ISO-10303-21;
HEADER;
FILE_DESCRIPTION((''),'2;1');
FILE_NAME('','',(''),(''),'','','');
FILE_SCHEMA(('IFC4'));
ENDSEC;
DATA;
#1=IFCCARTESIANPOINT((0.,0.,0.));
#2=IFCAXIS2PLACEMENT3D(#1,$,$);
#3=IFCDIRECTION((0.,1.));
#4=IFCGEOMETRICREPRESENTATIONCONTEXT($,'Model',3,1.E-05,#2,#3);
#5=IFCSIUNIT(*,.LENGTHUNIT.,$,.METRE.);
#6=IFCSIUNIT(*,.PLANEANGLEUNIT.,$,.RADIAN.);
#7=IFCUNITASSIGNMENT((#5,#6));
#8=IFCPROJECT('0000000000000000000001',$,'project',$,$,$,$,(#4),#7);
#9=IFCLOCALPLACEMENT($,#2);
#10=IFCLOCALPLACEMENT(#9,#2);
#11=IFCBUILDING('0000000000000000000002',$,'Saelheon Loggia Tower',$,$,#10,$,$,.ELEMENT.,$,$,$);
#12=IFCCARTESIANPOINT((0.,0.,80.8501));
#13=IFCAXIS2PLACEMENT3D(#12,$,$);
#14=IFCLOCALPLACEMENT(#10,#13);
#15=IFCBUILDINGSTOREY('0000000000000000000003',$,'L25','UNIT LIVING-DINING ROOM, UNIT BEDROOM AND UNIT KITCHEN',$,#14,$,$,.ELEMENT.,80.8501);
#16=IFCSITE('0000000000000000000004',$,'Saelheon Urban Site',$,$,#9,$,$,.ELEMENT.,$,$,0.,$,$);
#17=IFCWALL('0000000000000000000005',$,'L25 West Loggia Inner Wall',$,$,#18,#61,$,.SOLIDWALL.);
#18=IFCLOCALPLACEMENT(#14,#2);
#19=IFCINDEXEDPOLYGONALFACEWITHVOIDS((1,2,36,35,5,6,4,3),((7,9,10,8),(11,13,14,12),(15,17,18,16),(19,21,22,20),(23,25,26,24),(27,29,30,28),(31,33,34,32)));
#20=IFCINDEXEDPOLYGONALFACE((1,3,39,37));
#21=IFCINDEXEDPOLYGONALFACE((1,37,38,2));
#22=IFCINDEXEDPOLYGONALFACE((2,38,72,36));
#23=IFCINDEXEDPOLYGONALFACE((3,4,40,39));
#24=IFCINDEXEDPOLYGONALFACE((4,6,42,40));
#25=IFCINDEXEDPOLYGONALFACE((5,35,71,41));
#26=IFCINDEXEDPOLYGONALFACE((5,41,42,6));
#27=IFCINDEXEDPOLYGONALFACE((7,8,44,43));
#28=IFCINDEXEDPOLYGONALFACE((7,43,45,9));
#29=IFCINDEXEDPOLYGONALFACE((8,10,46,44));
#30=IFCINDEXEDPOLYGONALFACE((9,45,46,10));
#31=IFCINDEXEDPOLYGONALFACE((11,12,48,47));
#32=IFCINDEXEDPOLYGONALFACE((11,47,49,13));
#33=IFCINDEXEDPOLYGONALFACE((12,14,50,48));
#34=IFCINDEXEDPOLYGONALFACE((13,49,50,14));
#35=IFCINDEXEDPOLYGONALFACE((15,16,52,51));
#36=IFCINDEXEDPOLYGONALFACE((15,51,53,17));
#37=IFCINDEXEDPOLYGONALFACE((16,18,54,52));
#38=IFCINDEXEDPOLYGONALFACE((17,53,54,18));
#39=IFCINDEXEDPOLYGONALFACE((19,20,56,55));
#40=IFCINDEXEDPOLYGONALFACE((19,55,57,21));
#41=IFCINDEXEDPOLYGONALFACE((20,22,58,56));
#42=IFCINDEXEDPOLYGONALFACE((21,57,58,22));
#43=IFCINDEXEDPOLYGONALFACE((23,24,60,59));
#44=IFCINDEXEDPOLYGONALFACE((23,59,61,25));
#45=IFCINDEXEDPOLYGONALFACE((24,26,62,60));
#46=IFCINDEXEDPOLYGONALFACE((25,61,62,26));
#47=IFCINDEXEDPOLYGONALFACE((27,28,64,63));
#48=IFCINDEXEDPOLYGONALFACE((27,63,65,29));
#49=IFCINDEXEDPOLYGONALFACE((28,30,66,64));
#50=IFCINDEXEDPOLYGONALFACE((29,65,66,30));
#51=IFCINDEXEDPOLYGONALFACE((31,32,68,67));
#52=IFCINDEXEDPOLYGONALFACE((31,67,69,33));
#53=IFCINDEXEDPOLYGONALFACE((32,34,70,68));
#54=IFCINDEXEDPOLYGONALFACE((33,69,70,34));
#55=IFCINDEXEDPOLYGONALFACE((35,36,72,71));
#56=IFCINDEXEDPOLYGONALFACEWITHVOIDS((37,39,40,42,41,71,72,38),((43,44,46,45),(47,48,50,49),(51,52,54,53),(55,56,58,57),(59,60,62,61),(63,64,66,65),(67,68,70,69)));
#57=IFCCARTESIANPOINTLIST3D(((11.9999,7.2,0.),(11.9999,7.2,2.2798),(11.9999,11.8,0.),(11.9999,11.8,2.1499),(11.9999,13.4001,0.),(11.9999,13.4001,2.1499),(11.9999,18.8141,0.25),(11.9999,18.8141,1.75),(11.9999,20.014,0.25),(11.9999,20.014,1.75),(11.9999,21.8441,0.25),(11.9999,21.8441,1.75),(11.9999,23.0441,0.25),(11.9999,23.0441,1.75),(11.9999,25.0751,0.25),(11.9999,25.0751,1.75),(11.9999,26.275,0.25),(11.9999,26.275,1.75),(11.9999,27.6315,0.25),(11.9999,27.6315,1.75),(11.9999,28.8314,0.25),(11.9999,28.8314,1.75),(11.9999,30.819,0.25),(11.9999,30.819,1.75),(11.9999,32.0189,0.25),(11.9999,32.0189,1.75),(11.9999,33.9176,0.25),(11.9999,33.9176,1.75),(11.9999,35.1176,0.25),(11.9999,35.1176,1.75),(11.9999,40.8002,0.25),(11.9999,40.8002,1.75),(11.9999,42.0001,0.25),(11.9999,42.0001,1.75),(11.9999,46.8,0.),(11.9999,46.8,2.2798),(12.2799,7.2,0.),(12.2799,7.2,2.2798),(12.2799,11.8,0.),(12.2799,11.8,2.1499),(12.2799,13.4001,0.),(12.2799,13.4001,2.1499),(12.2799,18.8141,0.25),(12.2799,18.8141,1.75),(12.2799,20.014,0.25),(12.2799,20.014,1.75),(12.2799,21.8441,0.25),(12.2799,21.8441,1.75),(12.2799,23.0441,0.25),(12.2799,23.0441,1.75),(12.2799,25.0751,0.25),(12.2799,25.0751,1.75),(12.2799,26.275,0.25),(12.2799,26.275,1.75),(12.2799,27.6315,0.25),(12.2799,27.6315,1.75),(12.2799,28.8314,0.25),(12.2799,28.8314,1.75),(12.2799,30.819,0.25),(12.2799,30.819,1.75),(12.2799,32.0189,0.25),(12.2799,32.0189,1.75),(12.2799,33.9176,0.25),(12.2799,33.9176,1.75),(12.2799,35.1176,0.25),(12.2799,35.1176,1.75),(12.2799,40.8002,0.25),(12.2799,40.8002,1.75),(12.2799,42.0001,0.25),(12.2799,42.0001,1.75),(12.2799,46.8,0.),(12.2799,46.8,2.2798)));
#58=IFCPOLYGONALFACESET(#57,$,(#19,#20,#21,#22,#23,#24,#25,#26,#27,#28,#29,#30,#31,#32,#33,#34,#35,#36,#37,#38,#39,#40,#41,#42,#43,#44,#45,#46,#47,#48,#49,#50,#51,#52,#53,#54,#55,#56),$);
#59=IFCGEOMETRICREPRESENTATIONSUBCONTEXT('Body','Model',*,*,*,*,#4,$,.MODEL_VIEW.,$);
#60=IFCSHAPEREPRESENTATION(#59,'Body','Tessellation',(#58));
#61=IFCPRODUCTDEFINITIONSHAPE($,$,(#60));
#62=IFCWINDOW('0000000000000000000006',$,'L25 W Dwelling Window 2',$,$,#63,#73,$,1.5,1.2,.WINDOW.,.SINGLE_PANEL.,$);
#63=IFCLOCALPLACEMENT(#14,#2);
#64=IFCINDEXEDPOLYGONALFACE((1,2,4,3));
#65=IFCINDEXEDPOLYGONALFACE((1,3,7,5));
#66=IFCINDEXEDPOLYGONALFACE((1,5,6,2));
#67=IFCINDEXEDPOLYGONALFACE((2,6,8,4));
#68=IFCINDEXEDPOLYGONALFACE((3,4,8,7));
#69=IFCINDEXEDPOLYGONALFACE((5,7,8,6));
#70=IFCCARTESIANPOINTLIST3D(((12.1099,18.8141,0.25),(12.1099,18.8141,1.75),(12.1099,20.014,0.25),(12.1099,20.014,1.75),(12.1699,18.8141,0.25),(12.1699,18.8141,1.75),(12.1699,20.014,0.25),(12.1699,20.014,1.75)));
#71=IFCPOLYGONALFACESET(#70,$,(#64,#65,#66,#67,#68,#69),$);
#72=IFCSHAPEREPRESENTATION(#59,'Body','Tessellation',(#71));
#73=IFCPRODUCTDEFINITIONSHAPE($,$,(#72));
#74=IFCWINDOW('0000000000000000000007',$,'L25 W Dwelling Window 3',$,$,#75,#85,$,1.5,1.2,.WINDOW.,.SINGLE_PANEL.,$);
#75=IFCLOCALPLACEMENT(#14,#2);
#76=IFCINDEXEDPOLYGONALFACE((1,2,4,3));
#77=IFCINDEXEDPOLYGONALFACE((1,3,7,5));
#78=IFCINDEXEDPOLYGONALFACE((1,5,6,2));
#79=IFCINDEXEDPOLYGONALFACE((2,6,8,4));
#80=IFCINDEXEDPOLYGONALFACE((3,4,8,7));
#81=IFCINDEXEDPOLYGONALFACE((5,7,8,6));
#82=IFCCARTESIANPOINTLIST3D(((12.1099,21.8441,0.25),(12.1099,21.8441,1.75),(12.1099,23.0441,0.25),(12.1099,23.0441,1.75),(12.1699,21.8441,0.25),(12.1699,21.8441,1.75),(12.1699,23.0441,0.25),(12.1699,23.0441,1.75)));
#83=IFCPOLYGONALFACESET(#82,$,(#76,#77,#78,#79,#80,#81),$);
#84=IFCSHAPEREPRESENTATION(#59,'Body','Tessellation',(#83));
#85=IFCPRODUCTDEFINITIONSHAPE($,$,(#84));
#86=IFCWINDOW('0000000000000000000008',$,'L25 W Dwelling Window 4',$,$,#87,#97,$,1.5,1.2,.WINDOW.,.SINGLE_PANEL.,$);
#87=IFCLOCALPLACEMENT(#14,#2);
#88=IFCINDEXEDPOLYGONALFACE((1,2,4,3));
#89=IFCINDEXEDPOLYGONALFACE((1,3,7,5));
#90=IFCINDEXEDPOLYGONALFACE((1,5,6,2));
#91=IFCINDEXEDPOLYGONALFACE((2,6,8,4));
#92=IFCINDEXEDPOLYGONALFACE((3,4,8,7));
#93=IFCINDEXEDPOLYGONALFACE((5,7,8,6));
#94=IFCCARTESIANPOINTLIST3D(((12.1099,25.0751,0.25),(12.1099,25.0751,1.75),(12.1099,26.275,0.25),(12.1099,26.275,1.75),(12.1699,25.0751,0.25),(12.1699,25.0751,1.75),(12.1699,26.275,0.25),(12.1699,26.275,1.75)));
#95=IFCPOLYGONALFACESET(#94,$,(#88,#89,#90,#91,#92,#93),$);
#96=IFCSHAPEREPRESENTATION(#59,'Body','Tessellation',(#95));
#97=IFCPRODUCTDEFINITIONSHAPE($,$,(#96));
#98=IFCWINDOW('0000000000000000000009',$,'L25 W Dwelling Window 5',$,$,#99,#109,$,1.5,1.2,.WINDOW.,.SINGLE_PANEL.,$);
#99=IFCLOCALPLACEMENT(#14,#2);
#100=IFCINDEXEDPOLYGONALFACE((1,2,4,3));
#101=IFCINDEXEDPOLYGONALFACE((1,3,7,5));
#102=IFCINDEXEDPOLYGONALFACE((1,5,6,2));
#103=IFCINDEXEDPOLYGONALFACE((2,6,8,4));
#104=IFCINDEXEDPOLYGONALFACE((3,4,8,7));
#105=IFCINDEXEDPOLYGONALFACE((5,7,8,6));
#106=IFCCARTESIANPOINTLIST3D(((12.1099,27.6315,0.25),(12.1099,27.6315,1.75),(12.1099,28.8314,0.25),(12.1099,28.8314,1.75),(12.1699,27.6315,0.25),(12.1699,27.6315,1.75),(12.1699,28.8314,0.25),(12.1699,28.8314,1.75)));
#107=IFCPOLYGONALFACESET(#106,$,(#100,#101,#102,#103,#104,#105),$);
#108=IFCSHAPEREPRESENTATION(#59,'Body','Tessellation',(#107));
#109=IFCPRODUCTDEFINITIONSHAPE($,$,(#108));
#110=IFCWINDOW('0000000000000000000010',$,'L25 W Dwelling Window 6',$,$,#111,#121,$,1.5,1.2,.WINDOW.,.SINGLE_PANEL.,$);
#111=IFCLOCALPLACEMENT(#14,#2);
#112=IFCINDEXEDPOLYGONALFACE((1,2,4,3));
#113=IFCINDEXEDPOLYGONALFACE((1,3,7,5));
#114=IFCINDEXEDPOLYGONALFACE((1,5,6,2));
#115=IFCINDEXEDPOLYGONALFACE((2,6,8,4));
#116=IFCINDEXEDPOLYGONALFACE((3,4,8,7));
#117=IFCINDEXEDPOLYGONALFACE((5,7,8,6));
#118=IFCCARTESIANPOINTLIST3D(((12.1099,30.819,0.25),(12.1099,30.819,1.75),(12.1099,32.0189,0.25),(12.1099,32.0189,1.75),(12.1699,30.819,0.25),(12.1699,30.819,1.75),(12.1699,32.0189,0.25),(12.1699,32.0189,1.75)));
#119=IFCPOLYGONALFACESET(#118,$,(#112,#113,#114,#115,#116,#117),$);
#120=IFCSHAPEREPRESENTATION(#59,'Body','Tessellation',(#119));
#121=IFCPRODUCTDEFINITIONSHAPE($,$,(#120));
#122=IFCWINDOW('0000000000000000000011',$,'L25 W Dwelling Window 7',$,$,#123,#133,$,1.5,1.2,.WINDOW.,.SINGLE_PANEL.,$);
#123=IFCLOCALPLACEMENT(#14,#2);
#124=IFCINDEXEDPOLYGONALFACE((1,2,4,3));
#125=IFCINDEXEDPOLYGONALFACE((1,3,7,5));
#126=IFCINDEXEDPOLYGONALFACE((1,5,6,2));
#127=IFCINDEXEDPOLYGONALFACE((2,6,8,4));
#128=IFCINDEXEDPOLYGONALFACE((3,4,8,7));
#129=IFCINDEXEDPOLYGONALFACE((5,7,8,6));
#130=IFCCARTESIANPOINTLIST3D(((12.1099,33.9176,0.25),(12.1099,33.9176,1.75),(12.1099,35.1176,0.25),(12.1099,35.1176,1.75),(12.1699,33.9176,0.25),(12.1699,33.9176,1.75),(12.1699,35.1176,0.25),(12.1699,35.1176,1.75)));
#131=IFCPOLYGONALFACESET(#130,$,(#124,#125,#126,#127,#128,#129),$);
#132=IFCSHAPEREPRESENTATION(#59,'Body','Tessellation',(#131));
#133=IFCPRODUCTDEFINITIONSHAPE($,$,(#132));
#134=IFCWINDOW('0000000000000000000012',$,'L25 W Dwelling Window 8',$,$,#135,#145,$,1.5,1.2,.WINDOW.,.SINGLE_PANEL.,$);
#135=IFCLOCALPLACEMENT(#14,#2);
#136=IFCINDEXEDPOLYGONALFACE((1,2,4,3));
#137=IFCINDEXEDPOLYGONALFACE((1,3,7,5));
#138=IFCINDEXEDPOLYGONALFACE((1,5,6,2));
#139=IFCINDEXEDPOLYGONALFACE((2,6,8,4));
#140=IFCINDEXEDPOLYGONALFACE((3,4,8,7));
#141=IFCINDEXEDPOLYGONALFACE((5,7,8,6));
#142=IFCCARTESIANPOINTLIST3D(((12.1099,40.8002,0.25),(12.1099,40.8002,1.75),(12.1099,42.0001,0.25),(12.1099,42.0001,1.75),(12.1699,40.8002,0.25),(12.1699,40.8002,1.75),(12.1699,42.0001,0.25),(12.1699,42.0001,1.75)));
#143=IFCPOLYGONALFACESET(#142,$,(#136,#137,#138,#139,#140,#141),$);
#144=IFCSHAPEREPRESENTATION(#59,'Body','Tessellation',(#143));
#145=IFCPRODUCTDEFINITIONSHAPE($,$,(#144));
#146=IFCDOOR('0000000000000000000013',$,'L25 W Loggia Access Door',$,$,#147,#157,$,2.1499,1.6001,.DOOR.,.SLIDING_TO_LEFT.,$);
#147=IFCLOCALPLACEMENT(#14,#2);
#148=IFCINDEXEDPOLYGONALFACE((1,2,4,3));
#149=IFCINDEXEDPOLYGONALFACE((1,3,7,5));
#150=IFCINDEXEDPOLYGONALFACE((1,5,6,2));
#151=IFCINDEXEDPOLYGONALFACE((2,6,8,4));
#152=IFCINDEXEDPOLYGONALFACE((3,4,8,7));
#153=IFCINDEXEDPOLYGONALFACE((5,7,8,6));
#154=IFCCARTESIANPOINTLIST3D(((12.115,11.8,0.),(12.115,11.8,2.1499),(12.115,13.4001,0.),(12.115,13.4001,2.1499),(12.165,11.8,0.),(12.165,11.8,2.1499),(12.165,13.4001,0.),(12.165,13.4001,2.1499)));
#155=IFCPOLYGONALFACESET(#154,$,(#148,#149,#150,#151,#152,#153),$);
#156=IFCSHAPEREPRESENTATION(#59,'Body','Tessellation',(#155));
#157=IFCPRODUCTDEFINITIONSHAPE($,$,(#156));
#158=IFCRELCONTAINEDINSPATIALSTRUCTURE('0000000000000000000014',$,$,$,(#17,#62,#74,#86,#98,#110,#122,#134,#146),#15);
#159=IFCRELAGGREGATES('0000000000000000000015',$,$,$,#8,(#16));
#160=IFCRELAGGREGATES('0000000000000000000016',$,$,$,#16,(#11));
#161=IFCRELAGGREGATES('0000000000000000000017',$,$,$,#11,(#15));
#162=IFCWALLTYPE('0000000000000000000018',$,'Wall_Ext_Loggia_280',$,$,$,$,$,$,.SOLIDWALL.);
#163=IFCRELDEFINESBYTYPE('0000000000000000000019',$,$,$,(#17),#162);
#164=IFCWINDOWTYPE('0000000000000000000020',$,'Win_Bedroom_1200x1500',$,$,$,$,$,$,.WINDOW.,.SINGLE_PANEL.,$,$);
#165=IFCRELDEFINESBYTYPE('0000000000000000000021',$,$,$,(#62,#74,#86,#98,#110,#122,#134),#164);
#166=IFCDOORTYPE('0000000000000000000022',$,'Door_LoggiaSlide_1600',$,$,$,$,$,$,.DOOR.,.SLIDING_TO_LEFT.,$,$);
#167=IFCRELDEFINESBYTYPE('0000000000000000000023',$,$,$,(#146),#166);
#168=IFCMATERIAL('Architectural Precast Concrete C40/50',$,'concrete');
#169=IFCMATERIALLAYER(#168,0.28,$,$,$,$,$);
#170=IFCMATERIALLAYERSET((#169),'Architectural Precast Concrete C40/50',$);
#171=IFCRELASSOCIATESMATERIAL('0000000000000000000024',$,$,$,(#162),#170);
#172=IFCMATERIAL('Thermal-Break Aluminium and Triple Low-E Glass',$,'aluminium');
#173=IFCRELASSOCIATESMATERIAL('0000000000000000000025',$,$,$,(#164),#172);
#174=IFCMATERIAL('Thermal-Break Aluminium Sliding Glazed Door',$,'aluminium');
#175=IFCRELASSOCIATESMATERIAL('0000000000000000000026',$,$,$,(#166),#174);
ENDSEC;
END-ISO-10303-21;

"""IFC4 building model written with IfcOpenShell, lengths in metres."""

from ifc_helpers import new_model, si_unit, direction, frame, frame_2d, origin, place, context, subcontext, project, spatial, rectangle, extrude, source, transform, mapped, material, layer, layer_set, type_object, element, fill, save


model = new_model("IFC4")

# Units and contexts
model_context = context("Model", 3, precision=1e-05, world=origin(), true_north=direction((0.0, 1.0)))
body_context = subcontext(model_context, "Body", "Model", "MODEL_VIEW")
ifc_project = project(units=[si_unit("LENGTHUNIT", "METRE"), si_unit("PLANEANGLEUNIT", "RADIAN")], contexts=[model_context])

# Site, building, storey
site_placement = place(None, origin())
site = spatial("IfcSite", under=ifc_project, at=site_placement, Name="Saelheon Urban Site", CompositionType="ELEMENT", RefElevation=0.0)
building_placement = place(site_placement, origin())
building = spatial("IfcBuilding", under=site, at=building_placement, Name="Saelheon Loggia Tower", CompositionType="ELEMENT")
storey_placement = place(building_placement, frame((0.0, 0.0, 80.8501)))
storey = spatial("IfcBuildingStorey", under=building, at=storey_placement, Name="L25", Description="UNIT LIVING-DINING ROOM, UNIT BEDROOM AND UNIT KITCHEN", CompositionType="ELEMENT", Elevation=80.8501)

# Shared definitions
ifc_material_1 = material(Name="Thermal-Break Aluminium and Triple Low-E Glass", Category="aluminium")

# Wall, openings, windows, door
ifc_material_2 = material(Name="Architectural Precast Concrete C40/50", Category="concrete")
ifc_layer_1 = layer(ifc_material_2, 0.28)
ifc_layer_set_1 = layer_set([ifc_layer_1], Name="Architectural Precast Concrete C40/50")
wall_type = type_object("IfcWallType", Name="Wall_Ext_Loggia_280", PredefinedType="SOLIDWALL", material=ifc_layer_set_1)
wall_placement = place(storey_placement, frame((12.1399, 7.2, 0.0), z_axis=(0.0, 0.0, 1.0), x_axis=(0.0, 1.0, 0.0)))
wall = element("IfcWall", 1, at=wall_placement, inside=storey, type_object=wall_type, Name="L25 West Loggia Inner Wall", PredefinedType="SOLIDWALL", context=body_context, shape_type="SweptSolid", body=[
    extrude(rectangle(XDim=39.6001, YDim=0.28, at=frame_2d((19.8, 0.0))), origin(), (0.0, 0.0, 1.0), 2.2798),
])
opening_1_placement = place(wall_placement, frame((4.6001, 0.0, 0.0)))
opening_1 = element("IfcOpeningElement", 2, at=opening_1_placement, cuts=wall, PredefinedType="OPENING", context=body_context, shape_type="SweptSolid", body=[
    extrude(rectangle(XDim=1.6001, YDim=2.1499, at=frame_2d((0.8, 1.075))), frame((0.0, 0.1521, 0.0), z_axis=(0.0, -1.0, 0.0), x_axis=(1.0, 0.0, 0.0)), (0.0, 0.0, 1.0), 0.304),
])
opening_2_placement = place(wall_placement, frame((11.614, 0.0, 0.25)))
opening_2 = element("IfcOpeningElement", 3, at=opening_2_placement, cuts=wall, PredefinedType="OPENING", context=body_context, shape_type="SweptSolid", body=[
    extrude(rectangle(XDim=1.2, YDim=1.5, at=frame_2d((0.6001, 0.75))), frame((0.0, 0.1521, 0.0), z_axis=(0.0, -1.0, 0.0), x_axis=(1.0, 0.0, 0.0)), (0.0, 0.0, 1.0), 0.304),
])
opening_3_placement = place(wall_placement, frame((14.644, 0.0, 0.25)))
opening_3 = element("IfcOpeningElement", 4, at=opening_3_placement, cuts=wall, PredefinedType="OPENING", context=body_context, shape_type="SweptSolid", body=[
    extrude(rectangle(XDim=1.2, YDim=1.5, at=frame_2d((0.6001, 0.75))), frame((0.0, 0.1521, 0.0), z_axis=(0.0, -1.0, 0.0), x_axis=(1.0, 0.0, 0.0)), (0.0, 0.0, 1.0), 0.304),
])
opening_4_placement = place(wall_placement, frame((17.875, 0.0, 0.25)))
opening_4 = element("IfcOpeningElement", 5, at=opening_4_placement, cuts=wall, PredefinedType="OPENING", context=body_context, shape_type="SweptSolid", body=[
    extrude(rectangle(XDim=1.2, YDim=1.5, at=frame_2d((0.6001, 0.75))), frame((0.0, 0.1521, 0.0), z_axis=(0.0, -1.0, 0.0), x_axis=(1.0, 0.0, 0.0)), (0.0, 0.0, 1.0), 0.304),
])
opening_5_placement = place(wall_placement, frame((20.4314, 0.0, 0.25)))
opening_5 = element("IfcOpeningElement", 6, at=opening_5_placement, cuts=wall, PredefinedType="OPENING", context=body_context, shape_type="SweptSolid", body=[
    extrude(rectangle(XDim=1.2, YDim=1.5, at=frame_2d((0.6001, 0.75))), frame((0.0, 0.1521, 0.0), z_axis=(0.0, -1.0, 0.0), x_axis=(1.0, 0.0, 0.0)), (0.0, 0.0, 1.0), 0.304),
])
opening_6_placement = place(wall_placement, frame((23.6189, 0.0, 0.25)))
opening_6 = element("IfcOpeningElement", 7, at=opening_6_placement, cuts=wall, PredefinedType="OPENING", context=body_context, shape_type="SweptSolid", body=[
    extrude(rectangle(XDim=1.2, YDim=1.5, at=frame_2d((0.6001, 0.75))), frame((0.0, 0.1521, 0.0), z_axis=(0.0, -1.0, 0.0), x_axis=(1.0, 0.0, 0.0)), (0.0, 0.0, 1.0), 0.304),
])
opening_7_placement = place(wall_placement, frame((26.7175, 0.0, 0.25)))
opening_7 = element("IfcOpeningElement", 8, at=opening_7_placement, cuts=wall, PredefinedType="OPENING", context=body_context, shape_type="SweptSolid", body=[
    extrude(rectangle(XDim=1.2, YDim=1.5, at=frame_2d((0.6001, 0.75))), frame((0.0, 0.1521, 0.0), z_axis=(0.0, -1.0, 0.0), x_axis=(1.0, 0.0, 0.0)), (0.0, 0.0, 1.0), 0.304),
])
opening_8_placement = place(wall_placement, frame((33.6001, 0.0, 0.25)))
opening_8 = element("IfcOpeningElement", 9, at=opening_8_placement, cuts=wall, PredefinedType="OPENING", context=body_context, shape_type="SweptSolid", body=[
    extrude(rectangle(XDim=1.2, YDim=1.5, at=frame_2d((0.6001, 0.75))), frame((0.0, 0.1521, 0.0), z_axis=(0.0, -1.0, 0.0), x_axis=(1.0, 0.0, 0.0)), (0.0, 0.0, 1.0), 0.304),
])
window_type = type_object("IfcWindowType", Name="Win_Bedroom_1200x1500", PartitioningType="SINGLE_PANEL", PredefinedType="WINDOW", material=ifc_material_1)
shared_shape_1 = source(origin(), body_context, "Body", "SweptSolid", [
    extrude(rectangle(XDim=1.2, YDim=1.5, at=frame_2d((0.6001, 0.75))), frame((0.0, 0.03, 0.0), z_axis=(0.0, -1.0, 0.0), x_axis=(1.0, 0.0, 0.0)), (0.0, 0.0, 1.0), 0.0601),
])
window_1_placement = place(opening_2_placement, origin())
window_1 = element("IfcWindow", 10, at=window_1_placement, inside=storey, type_object=window_type, Name="L25 W Dwelling Window 2", OverallHeight=1.5, OverallWidth=1.2, PartitioningType="SINGLE_PANEL", PredefinedType="WINDOW", context=body_context, shape_type="MappedRepresentation", body=[
    mapped(shared_shape_1, transform((0.0, 0.0, 0.0), scale=1.0)),
])
fill(opening_2, window_1)
window_2_placement = place(opening_3_placement, origin())
window_2 = element("IfcWindow", 11, at=window_2_placement, inside=storey, type_object=window_type, Name="L25 W Dwelling Window 3", OverallHeight=1.5, OverallWidth=1.2, PartitioningType="SINGLE_PANEL", PredefinedType="WINDOW", context=body_context, shape_type="MappedRepresentation", body=[
    mapped(shared_shape_1, transform((0.0, 0.0, 0.0), scale=1.0)),
])
fill(opening_3, window_2)
window_3_placement = place(opening_4_placement, origin())
window_3 = element("IfcWindow", 12, at=window_3_placement, inside=storey, type_object=window_type, Name="L25 W Dwelling Window 4", OverallHeight=1.5, OverallWidth=1.2, PartitioningType="SINGLE_PANEL", PredefinedType="WINDOW", context=body_context, shape_type="MappedRepresentation", body=[
    mapped(shared_shape_1, transform((0.0, 0.0, 0.0), scale=1.0)),
])
fill(opening_4, window_3)
window_4_placement = place(opening_5_placement, origin())
window_4 = element("IfcWindow", 13, at=window_4_placement, inside=storey, type_object=window_type, Name="L25 W Dwelling Window 5", OverallHeight=1.5, OverallWidth=1.2, PartitioningType="SINGLE_PANEL", PredefinedType="WINDOW", context=body_context, shape_type="MappedRepresentation", body=[
    mapped(shared_shape_1, transform((0.0, 0.0, 0.0), scale=1.0)),
])
fill(opening_5, window_4)
window_5_placement = place(opening_6_placement, origin())
window_5 = element("IfcWindow", 14, at=window_5_placement, inside=storey, type_object=window_type, Name="L25 W Dwelling Window 6", OverallHeight=1.5, OverallWidth=1.2, PartitioningType="SINGLE_PANEL", PredefinedType="WINDOW", context=body_context, shape_type="MappedRepresentation", body=[
    mapped(shared_shape_1, transform((0.0, 0.0, 0.0), scale=1.0)),
])
fill(opening_6, window_5)
window_6_placement = place(opening_7_placement, origin())
window_6 = element("IfcWindow", 15, at=window_6_placement, inside=storey, type_object=window_type, Name="L25 W Dwelling Window 7", OverallHeight=1.5, OverallWidth=1.2, PartitioningType="SINGLE_PANEL", PredefinedType="WINDOW", context=body_context, shape_type="MappedRepresentation", body=[
    mapped(shared_shape_1, transform((0.0, 0.0, 0.0), scale=1.0)),
])
fill(opening_7, window_6)
window_7_placement = place(opening_8_placement, origin())
window_7 = element("IfcWindow", 16, at=window_7_placement, inside=storey, type_object=window_type, Name="L25 W Dwelling Window 8", OverallHeight=1.5, OverallWidth=1.2, PartitioningType="SINGLE_PANEL", PredefinedType="WINDOW", context=body_context, shape_type="MappedRepresentation", body=[
    mapped(shared_shape_1, transform((0.0, 0.0, 0.0), scale=1.0)),
])
fill(opening_8, window_7)
ifc_material_3 = material(Name="Thermal-Break Aluminium Sliding Glazed Door", Category="aluminium")
door_type = type_object("IfcDoorType", Name="Door_LoggiaSlide_1600", OperationType="SLIDING_TO_LEFT", PredefinedType="DOOR", material=ifc_material_3)
shared_shape_2 = source(origin(), body_context, "Body", "SweptSolid", [
    extrude(rectangle(XDim=1.6001, YDim=2.1499, at=frame_2d((0.8, 1.075))), frame((0.0, 0.0249, 0.0), z_axis=(0.0, -1.0, 0.0), x_axis=(1.0, 0.0, 0.0)), (0.0, 0.0, 1.0), 0.05),
])
door_placement = place(opening_1_placement, origin())
door = element("IfcDoor", 17, at=door_placement, inside=storey, type_object=door_type, Name="L25 W Loggia Access Door", OperationType="SLIDING_TO_LEFT", OverallHeight=2.1499, OverallWidth=1.6001, PredefinedType="DOOR", context=body_context, shape_type="MappedRepresentation", body=[
    mapped(shared_shape_2, transform((0.0, 0.0, 0.0), scale=1.0)),
])
fill(opening_1, door)

save(model, "model.ifc")
